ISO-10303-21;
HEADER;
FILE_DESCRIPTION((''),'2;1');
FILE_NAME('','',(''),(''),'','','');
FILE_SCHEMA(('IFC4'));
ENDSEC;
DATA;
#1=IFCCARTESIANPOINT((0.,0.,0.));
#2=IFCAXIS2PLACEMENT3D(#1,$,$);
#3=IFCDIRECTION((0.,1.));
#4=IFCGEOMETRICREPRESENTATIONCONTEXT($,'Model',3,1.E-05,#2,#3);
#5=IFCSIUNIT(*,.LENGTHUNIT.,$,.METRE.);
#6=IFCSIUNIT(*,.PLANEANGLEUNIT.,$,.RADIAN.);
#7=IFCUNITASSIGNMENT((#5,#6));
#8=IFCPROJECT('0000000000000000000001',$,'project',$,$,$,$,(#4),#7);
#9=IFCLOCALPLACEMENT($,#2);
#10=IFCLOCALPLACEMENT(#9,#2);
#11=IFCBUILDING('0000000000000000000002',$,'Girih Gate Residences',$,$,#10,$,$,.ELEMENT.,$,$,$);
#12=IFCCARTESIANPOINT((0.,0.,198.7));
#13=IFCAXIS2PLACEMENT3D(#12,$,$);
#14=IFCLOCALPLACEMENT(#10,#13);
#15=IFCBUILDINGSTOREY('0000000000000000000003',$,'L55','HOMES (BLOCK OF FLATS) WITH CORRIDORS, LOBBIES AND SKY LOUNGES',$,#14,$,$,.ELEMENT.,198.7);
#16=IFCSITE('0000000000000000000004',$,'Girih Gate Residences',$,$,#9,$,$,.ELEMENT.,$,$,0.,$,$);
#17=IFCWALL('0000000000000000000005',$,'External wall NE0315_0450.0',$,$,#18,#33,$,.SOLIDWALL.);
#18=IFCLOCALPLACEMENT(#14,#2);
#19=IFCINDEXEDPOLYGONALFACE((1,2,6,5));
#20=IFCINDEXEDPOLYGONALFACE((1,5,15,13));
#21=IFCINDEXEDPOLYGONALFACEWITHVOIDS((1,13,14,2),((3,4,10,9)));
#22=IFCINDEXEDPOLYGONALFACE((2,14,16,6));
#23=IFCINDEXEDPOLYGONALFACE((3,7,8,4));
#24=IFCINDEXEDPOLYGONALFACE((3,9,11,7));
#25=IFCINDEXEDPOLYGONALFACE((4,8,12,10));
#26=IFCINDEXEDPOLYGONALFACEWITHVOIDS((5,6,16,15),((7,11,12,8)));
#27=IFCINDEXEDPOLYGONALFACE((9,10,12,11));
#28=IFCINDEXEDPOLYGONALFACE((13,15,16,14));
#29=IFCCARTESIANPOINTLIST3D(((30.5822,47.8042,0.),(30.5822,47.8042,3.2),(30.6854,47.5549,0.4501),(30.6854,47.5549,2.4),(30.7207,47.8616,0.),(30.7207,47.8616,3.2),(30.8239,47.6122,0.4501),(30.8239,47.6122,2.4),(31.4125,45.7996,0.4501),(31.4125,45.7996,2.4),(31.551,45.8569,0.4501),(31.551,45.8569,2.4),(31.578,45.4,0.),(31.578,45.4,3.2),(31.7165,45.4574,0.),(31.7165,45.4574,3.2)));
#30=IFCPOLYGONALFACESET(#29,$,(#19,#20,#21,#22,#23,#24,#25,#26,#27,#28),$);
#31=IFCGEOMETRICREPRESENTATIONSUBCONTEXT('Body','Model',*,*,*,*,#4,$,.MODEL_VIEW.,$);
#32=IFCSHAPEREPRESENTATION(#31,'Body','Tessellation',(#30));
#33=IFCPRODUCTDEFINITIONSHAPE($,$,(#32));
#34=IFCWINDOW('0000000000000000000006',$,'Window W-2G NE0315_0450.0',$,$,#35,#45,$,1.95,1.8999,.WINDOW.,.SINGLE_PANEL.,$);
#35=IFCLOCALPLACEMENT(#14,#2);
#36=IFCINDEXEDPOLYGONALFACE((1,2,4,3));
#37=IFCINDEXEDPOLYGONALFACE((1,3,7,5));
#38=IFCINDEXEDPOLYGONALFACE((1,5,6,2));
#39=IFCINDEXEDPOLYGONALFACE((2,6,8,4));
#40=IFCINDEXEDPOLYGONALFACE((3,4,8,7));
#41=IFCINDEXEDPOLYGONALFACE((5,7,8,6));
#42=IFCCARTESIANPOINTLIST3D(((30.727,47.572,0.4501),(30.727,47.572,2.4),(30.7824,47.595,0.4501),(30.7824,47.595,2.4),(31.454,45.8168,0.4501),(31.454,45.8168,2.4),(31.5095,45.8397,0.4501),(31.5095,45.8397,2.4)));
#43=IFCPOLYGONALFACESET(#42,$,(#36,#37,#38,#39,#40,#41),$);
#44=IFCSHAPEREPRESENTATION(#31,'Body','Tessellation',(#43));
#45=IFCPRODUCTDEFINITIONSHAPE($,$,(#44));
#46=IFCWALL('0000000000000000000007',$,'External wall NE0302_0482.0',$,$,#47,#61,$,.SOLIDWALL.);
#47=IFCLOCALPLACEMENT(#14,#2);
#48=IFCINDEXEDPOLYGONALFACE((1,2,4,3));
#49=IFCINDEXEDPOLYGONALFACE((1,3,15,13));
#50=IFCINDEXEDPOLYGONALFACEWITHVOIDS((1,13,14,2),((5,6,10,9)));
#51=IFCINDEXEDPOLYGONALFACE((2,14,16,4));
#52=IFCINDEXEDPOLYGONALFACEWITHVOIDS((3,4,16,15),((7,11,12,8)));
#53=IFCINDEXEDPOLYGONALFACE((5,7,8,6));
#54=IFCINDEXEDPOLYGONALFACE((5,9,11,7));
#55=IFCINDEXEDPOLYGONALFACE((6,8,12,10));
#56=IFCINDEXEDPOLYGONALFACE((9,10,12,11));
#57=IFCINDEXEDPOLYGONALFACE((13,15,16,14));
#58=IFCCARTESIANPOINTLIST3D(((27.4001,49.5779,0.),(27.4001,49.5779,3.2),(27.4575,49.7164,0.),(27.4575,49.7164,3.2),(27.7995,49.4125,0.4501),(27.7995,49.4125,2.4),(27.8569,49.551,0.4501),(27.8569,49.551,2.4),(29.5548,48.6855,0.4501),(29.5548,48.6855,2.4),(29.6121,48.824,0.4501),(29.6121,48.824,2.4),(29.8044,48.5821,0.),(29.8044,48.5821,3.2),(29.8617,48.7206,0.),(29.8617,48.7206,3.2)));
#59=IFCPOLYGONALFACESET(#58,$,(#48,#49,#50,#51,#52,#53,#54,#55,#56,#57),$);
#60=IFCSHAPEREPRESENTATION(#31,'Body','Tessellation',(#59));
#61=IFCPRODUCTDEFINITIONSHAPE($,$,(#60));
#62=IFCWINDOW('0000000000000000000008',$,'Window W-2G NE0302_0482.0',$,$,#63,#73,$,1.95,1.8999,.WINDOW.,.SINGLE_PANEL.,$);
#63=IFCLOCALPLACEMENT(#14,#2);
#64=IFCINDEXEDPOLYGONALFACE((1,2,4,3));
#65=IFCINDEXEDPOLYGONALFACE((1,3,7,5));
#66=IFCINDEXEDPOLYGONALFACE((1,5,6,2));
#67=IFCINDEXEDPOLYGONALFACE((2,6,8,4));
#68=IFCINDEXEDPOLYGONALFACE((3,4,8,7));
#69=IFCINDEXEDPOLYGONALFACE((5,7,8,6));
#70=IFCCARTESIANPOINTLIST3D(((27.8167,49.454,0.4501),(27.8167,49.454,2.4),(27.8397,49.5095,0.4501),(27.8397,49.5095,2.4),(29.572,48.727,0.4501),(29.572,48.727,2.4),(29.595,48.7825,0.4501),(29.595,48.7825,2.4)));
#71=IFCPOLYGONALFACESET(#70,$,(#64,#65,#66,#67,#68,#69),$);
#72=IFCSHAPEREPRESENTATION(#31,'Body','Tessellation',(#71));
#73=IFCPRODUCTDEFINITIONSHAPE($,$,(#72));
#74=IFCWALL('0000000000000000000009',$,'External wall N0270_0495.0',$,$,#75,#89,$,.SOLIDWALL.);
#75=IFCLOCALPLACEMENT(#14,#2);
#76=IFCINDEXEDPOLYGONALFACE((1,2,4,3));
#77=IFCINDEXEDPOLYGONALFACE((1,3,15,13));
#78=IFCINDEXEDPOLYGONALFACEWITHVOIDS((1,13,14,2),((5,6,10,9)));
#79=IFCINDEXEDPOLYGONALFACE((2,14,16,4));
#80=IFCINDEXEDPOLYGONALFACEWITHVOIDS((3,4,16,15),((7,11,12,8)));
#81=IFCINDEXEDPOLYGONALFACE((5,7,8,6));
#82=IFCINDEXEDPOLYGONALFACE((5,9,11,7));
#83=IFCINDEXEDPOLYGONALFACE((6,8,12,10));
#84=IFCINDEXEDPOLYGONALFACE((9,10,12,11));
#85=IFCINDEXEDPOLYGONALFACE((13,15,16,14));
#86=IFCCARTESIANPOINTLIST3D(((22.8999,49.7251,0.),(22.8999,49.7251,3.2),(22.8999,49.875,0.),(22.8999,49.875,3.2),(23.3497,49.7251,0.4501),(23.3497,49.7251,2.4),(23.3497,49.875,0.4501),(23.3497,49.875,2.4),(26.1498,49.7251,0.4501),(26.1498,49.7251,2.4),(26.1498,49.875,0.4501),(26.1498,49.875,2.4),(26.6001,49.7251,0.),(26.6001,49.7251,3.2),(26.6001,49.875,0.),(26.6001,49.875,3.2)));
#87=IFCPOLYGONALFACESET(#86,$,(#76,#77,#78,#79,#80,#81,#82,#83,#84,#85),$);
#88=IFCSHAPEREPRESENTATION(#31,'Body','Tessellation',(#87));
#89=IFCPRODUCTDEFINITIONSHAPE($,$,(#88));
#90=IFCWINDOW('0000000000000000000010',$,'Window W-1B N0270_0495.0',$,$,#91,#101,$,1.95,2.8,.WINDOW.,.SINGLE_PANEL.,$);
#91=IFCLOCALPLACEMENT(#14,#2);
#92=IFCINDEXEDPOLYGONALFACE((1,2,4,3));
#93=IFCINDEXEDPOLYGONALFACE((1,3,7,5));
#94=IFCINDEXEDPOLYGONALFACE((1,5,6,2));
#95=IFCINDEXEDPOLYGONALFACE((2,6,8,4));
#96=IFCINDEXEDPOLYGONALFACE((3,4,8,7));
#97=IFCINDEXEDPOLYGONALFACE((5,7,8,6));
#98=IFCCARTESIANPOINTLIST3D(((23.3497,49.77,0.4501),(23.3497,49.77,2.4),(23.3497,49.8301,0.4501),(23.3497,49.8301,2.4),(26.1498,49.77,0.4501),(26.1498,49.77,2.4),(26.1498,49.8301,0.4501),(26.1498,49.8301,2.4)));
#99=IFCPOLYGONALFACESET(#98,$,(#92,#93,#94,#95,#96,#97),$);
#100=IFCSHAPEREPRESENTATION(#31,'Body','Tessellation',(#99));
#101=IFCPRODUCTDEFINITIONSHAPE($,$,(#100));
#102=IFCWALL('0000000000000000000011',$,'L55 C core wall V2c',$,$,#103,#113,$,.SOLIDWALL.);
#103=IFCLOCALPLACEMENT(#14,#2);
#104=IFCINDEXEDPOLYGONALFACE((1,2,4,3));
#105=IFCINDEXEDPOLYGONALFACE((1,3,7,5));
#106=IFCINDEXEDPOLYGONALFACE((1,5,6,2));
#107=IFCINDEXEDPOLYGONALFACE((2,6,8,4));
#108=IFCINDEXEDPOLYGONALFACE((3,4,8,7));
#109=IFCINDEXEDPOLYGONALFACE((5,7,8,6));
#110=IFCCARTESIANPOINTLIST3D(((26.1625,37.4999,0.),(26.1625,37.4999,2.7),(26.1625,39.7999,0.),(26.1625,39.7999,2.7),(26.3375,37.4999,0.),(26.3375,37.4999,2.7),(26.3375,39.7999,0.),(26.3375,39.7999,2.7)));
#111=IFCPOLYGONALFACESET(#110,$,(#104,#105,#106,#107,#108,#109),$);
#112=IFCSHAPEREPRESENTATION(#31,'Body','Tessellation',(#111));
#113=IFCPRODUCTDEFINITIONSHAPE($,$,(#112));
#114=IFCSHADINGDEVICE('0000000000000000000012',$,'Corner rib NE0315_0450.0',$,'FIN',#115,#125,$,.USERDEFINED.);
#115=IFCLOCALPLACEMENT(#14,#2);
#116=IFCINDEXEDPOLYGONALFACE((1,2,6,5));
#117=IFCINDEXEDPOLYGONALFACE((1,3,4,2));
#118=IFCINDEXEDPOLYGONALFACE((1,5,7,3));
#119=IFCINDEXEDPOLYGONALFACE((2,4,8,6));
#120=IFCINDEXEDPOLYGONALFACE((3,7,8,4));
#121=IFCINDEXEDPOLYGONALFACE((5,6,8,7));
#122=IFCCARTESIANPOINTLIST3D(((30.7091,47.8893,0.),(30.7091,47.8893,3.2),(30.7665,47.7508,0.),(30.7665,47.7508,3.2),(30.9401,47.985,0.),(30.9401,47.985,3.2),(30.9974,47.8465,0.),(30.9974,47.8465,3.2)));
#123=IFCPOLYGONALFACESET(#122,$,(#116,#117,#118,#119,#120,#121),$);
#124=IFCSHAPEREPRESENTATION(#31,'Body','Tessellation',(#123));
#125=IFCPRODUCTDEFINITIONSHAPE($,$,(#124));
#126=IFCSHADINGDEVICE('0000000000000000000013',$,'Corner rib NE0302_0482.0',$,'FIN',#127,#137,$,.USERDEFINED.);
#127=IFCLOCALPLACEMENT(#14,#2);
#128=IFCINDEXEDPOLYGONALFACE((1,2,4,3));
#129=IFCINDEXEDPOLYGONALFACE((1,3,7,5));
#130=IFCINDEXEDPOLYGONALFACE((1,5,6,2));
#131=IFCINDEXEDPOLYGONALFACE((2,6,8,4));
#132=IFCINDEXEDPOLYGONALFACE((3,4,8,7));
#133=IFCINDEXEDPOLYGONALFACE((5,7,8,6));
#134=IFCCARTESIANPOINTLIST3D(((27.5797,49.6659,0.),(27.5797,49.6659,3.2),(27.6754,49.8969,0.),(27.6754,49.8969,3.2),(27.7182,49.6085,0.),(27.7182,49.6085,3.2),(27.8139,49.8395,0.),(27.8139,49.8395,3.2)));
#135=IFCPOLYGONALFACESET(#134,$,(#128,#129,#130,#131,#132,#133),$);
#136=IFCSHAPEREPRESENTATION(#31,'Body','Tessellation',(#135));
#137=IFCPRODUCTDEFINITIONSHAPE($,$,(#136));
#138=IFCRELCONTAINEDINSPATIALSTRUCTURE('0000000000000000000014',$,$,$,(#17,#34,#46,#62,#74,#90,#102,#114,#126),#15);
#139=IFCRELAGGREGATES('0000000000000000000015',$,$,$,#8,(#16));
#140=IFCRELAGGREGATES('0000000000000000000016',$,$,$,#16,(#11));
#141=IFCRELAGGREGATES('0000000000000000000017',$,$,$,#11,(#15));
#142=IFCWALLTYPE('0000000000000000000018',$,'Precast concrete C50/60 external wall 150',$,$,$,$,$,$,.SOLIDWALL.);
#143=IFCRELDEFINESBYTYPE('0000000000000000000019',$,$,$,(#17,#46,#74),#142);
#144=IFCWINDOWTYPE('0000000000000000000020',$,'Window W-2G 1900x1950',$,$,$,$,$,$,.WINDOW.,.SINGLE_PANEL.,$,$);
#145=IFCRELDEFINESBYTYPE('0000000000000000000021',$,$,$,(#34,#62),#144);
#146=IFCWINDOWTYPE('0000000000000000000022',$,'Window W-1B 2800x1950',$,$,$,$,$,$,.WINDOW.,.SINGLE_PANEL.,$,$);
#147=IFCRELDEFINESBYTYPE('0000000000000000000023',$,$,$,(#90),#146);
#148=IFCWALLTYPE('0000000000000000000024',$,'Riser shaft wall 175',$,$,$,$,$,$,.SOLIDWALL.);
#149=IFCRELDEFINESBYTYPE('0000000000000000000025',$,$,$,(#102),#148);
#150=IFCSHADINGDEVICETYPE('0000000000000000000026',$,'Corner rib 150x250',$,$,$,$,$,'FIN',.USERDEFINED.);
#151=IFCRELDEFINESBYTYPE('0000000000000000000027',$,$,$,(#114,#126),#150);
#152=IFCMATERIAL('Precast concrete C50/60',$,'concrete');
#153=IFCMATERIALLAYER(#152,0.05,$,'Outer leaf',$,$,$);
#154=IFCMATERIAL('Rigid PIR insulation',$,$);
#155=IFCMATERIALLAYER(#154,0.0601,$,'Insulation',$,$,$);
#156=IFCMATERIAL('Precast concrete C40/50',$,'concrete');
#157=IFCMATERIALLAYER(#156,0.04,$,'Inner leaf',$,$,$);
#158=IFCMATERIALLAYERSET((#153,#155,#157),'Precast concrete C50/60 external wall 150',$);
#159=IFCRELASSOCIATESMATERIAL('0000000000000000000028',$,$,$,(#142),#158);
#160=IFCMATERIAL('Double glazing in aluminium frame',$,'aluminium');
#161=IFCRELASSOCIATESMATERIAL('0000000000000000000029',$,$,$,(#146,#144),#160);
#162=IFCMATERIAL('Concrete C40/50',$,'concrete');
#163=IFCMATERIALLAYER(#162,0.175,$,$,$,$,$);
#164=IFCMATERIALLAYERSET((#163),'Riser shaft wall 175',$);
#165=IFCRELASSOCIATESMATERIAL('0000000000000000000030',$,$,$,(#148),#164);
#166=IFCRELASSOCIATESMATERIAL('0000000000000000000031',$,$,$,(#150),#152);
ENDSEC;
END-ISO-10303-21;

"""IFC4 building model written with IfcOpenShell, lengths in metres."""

from ifc_helpers import new_model, si_unit, direction, frame, frame_2d, origin, origin_2d, place, context, subcontext, project, spatial, rectangle, extrude, material, layer, layer_set, type_object, element, fill, save


model = new_model("IFC4")

# Units and contexts
model_context = context("Model", 3, precision=1e-05, world=origin(), true_north=direction((0.0, 1.0)))
body_context = subcontext(model_context, "Body", "Model", "MODEL_VIEW")
ifc_project = project(units=[si_unit("LENGTHUNIT", "METRE"), si_unit("PLANEANGLEUNIT", "RADIAN")], contexts=[model_context])

# Site, building, storey
site_placement = place(None, origin())
site = spatial("IfcSite", under=ifc_project, at=site_placement, Name="Girih Gate Residences", CompositionType="ELEMENT", RefElevation=0.0)
building_placement = place(site_placement, origin())
building = spatial("IfcBuilding", under=site, at=building_placement, Name="Girih Gate Residences", CompositionType="ELEMENT")
storey_placement = place(building_placement, frame((0.0, 0.0, 198.7)))
storey = spatial("IfcBuildingStorey", under=building, at=storey_placement, Name="L55", Description="HOMES (BLOCK OF FLATS) WITH CORRIDORS, LOBBIES AND SKY LOUNGES", CompositionType="ELEMENT", Elevation=198.7)

# Walls, openings, windows
ifc_material_1 = material(Name="Precast concrete C50/60", Category="concrete")
ifc_layer_1 = layer(ifc_material_1, 0.05, Name="Outer leaf")
ifc_material_2 = material(Name="Rigid PIR insulation")
ifc_layer_2 = layer(ifc_material_2, 0.0601, Name="Insulation")
ifc_material_3 = material(Name="Precast concrete C40/50", Category="concrete")
ifc_layer_3 = layer(ifc_material_3, 0.04, Name="Inner leaf")
ifc_layer_set_1 = layer_set([ifc_layer_1, ifc_layer_2, ifc_layer_3], Name="Precast concrete C50/60 external wall 150")
wall_type_1 = type_object("IfcWallType", Name="Precast concrete C50/60 external wall 150", PredefinedType="SOLIDWALL", material=ifc_layer_set_1)
ifc_material_4 = material(Name="Double glazing in aluminium frame", Category="aluminium")
window_type_1 = type_object("IfcWindowType", Name="Window W-1B 2800x1950", PartitioningType="SINGLE_PANEL", PredefinedType="WINDOW", material=ifc_material_4)
wall_1_placement = place(storey_placement, frame((30.6514, 47.833, 0.0), z_axis=(0.0, 0.0, 1.0), x_axis=(0.382669, -0.923885, 0.0)))
wall_1 = element("IfcWall", 1, at=wall_1_placement, inside=storey, type_object=wall_type_1, Name="External wall NE0315_0450.0", PredefinedType="SOLIDWALL", context=body_context, shape_type="SweptSolid", body=[
    extrude(rectangle(XDim=2.6023, YDim=0.1499, at=frame_2d((1.3013, 0.0))), origin(), (0.0, 0.0, 1.0), 3.2),
])
opening_1_placement = place(wall_1_placement, frame((0.27, 0.0, 0.45)))
opening_1 = element("IfcOpeningElement", 2, at=opening_1_placement, cuts=wall_1, PredefinedType="OPENING", context=body_context, shape_type="SweptSolid", body=[
    extrude(rectangle(XDim=1.8999, YDim=1.95, at=frame_2d((0.95, 0.9751))), frame((0.0, 0.085, 0.0), z_axis=(0.0, -1.0, 0.0), x_axis=(1.0, 0.0, 0.0)), (0.0, 0.0, 1.0), 0.1699),
])
window_type_2 = type_object("IfcWindowType", Name="Window W-2G 1900x1950", PartitioningType="SINGLE_PANEL", PredefinedType="WINDOW", material=ifc_material_4)
window_1_placement = place(opening_1_placement, origin())
window_1 = element("IfcWindow", 3, at=window_1_placement, inside=storey, type_object=window_type_2, Name="Window W-2G NE0315_0450.0", OverallHeight=1.95, OverallWidth=1.8999, PartitioningType="SINGLE_PANEL", PredefinedType="WINDOW", context=body_context, shape_type="SweptSolid", body=[
    extrude(rectangle(XDim=1.8999, YDim=1.95, at=frame_2d((0.95, 0.9751))), frame((0.0, 0.03, 0.0), z_axis=(0.0, -1.0, 0.0), x_axis=(1.0, 0.0, 0.0)), (0.0, 0.0, 1.0), 0.0601),
])
fill(opening_1, window_1)
wall_2_placement = place(storey_placement, frame((27.4287, 49.6472, 0.0), z_axis=(0.0, 0.0, 1.0), x_axis=(0.923885, -0.382669, 0.0)))
wall_2 = element("IfcWall", 4, at=wall_2_placement, inside=storey, type_object=wall_type_1, Name="External wall NE0302_0482.0", PredefinedType="SOLIDWALL", context=body_context, shape_type="SweptSolid", body=[
    extrude(rectangle(XDim=2.6023, YDim=0.1499, at=frame_2d((1.3013, 0.0))), origin(), (0.0, 0.0, 1.0), 3.2),
])
opening_2_placement = place(wall_2_placement, frame((0.4324, 0.0, 0.45)))
opening_2 = element("IfcOpeningElement", 5, at=opening_2_placement, cuts=wall_2, PredefinedType="OPENING", context=body_context, shape_type="SweptSolid", body=[
    extrude(rectangle(XDim=1.8999, YDim=1.95, at=frame_2d((0.95, 0.9751))), frame((0.0, 0.085, 0.0), z_axis=(0.0, -1.0, 0.0), x_axis=(1.0, 0.0, 0.0)), (0.0, 0.0, 1.0), 0.1699),
])
window_2_placement = place(opening_2_placement, origin())
window_2 = element("IfcWindow", 6, at=window_2_placement, inside=storey, type_object=window_type_2, Name="Window W-2G NE0302_0482.0", OverallHeight=1.95, OverallWidth=1.8999, PartitioningType="SINGLE_PANEL", PredefinedType="WINDOW", context=body_context, shape_type="SweptSolid", body=[
    extrude(rectangle(XDim=1.8999, YDim=1.95, at=frame_2d((0.95, 0.9751))), frame((0.0, 0.03, 0.0), z_axis=(0.0, -1.0, 0.0), x_axis=(1.0, 0.0, 0.0)), (0.0, 0.0, 1.0), 0.0601),
])
fill(opening_2, window_2)
wall_3_placement = place(storey_placement, frame((22.8999, 49.8, 0.0), z_axis=(0.0, 0.0, 1.0), x_axis=(1.0, 0.0, 0.0)))
wall_3 = element("IfcWall", 7, at=wall_3_placement, inside=storey, type_object=wall_type_1, Name="External wall N0270_0495.0", PredefinedType="SOLIDWALL", context=body_context, shape_type="SweptSolid", body=[
    extrude(rectangle(XDim=3.7002, YDim=0.1499, at=frame_2d((1.8501, 0.0))), origin(), (0.0, 0.0, 1.0), 3.2),
])
opening_3_placement = place(wall_3_placement, frame((0.45, 0.0, 0.45)))
opening_3 = element("IfcOpeningElement", 8, at=opening_3_placement, cuts=wall_3, PredefinedType="OPENING", context=body_context, shape_type="SweptSolid", body=[
    extrude(rectangle(XDim=2.8, YDim=1.95, at=frame_2d((1.3999, 0.9751))), frame((0.0, 0.085, 0.0), z_axis=(0.0, -1.0, 0.0), x_axis=(1.0, 0.0, 0.0)), (0.0, 0.0, 1.0), 0.1699),
])
window_3_placement = place(opening_3_placement, origin())
window_3 = element("IfcWindow", 9, at=window_3_placement, inside=storey, type_object=window_type_1, Name="Window W-1B N0270_0495.0", OverallHeight=1.95, OverallWidth=2.8, PartitioningType="SINGLE_PANEL", PredefinedType="WINDOW", context=body_context, shape_type="SweptSolid", body=[
    extrude(rectangle(XDim=2.8, YDim=1.95, at=frame_2d((1.3999, 0.9751))), frame((0.0, 0.03, 0.0), z_axis=(0.0, -1.0, 0.0), x_axis=(1.0, 0.0, 0.0)), (0.0, 0.0, 1.0), 0.0601),
])
fill(opening_3, window_3)

# Wall
ifc_material_5 = material(Name="Concrete C40/50", Category="concrete")
ifc_layer_4 = layer(ifc_material_5, 0.175)
ifc_layer_set_2 = layer_set([ifc_layer_4], Name="Riser shaft wall 175")
wall_type_2 = type_object("IfcWallType", Name="Riser shaft wall 175", PredefinedType="SOLIDWALL", material=ifc_layer_set_2)
wall_4_placement = place(storey_placement, frame((26.25, 37.5, 0.0), z_axis=(0.0, 0.0, 1.0), x_axis=(0.0, 1.0, 0.0)))
element("IfcWall", 10, at=wall_4_placement, inside=storey, type_object=wall_type_2, Name="L55 C core wall V2c", PredefinedType="SOLIDWALL", context=body_context, shape_type="SweptSolid", body=[
    extrude(rectangle(XDim=2.3, YDim=0.175, at=frame_2d((1.1499, 0.0))), origin(), (0.0, 0.0, 1.0), 2.7),
])

# Shading devices
shading_device_type = type_object("IfcShadingDeviceType", Name="Corner rib 150x250", ElementType="FIN", PredefinedType="USERDEFINED", material=ifc_material_1)
for number, where, z_axis, x_axis, name in (
    (11, (30.8533, 47.8679, 0.0), (0.0, 0.0, 1.0), (-0.382683, 0.92388, 0.0), "Corner rib NE0315_0450.0"),
    (12, (27.6968, 49.7527, 0.0), (0.0, 0.0, 1.0), (-0.92388, 0.382683, 0.0), "Corner rib NE0302_0482.0"),
):
    element("IfcShadingDevice", number, at=place(storey_placement, frame(where, z_axis=z_axis, x_axis=x_axis)), inside=storey, type_object=shading_device_type, Name=name, ObjectType="FIN", PredefinedType="USERDEFINED", context=body_context, shape_type="SweptSolid", body=[
        extrude(rectangle(XDim=0.1499, YDim=0.25, at=origin_2d()), origin(), (0.0, 0.0, 1.0), 3.2),
    ])

save(model, "model.ifc")
